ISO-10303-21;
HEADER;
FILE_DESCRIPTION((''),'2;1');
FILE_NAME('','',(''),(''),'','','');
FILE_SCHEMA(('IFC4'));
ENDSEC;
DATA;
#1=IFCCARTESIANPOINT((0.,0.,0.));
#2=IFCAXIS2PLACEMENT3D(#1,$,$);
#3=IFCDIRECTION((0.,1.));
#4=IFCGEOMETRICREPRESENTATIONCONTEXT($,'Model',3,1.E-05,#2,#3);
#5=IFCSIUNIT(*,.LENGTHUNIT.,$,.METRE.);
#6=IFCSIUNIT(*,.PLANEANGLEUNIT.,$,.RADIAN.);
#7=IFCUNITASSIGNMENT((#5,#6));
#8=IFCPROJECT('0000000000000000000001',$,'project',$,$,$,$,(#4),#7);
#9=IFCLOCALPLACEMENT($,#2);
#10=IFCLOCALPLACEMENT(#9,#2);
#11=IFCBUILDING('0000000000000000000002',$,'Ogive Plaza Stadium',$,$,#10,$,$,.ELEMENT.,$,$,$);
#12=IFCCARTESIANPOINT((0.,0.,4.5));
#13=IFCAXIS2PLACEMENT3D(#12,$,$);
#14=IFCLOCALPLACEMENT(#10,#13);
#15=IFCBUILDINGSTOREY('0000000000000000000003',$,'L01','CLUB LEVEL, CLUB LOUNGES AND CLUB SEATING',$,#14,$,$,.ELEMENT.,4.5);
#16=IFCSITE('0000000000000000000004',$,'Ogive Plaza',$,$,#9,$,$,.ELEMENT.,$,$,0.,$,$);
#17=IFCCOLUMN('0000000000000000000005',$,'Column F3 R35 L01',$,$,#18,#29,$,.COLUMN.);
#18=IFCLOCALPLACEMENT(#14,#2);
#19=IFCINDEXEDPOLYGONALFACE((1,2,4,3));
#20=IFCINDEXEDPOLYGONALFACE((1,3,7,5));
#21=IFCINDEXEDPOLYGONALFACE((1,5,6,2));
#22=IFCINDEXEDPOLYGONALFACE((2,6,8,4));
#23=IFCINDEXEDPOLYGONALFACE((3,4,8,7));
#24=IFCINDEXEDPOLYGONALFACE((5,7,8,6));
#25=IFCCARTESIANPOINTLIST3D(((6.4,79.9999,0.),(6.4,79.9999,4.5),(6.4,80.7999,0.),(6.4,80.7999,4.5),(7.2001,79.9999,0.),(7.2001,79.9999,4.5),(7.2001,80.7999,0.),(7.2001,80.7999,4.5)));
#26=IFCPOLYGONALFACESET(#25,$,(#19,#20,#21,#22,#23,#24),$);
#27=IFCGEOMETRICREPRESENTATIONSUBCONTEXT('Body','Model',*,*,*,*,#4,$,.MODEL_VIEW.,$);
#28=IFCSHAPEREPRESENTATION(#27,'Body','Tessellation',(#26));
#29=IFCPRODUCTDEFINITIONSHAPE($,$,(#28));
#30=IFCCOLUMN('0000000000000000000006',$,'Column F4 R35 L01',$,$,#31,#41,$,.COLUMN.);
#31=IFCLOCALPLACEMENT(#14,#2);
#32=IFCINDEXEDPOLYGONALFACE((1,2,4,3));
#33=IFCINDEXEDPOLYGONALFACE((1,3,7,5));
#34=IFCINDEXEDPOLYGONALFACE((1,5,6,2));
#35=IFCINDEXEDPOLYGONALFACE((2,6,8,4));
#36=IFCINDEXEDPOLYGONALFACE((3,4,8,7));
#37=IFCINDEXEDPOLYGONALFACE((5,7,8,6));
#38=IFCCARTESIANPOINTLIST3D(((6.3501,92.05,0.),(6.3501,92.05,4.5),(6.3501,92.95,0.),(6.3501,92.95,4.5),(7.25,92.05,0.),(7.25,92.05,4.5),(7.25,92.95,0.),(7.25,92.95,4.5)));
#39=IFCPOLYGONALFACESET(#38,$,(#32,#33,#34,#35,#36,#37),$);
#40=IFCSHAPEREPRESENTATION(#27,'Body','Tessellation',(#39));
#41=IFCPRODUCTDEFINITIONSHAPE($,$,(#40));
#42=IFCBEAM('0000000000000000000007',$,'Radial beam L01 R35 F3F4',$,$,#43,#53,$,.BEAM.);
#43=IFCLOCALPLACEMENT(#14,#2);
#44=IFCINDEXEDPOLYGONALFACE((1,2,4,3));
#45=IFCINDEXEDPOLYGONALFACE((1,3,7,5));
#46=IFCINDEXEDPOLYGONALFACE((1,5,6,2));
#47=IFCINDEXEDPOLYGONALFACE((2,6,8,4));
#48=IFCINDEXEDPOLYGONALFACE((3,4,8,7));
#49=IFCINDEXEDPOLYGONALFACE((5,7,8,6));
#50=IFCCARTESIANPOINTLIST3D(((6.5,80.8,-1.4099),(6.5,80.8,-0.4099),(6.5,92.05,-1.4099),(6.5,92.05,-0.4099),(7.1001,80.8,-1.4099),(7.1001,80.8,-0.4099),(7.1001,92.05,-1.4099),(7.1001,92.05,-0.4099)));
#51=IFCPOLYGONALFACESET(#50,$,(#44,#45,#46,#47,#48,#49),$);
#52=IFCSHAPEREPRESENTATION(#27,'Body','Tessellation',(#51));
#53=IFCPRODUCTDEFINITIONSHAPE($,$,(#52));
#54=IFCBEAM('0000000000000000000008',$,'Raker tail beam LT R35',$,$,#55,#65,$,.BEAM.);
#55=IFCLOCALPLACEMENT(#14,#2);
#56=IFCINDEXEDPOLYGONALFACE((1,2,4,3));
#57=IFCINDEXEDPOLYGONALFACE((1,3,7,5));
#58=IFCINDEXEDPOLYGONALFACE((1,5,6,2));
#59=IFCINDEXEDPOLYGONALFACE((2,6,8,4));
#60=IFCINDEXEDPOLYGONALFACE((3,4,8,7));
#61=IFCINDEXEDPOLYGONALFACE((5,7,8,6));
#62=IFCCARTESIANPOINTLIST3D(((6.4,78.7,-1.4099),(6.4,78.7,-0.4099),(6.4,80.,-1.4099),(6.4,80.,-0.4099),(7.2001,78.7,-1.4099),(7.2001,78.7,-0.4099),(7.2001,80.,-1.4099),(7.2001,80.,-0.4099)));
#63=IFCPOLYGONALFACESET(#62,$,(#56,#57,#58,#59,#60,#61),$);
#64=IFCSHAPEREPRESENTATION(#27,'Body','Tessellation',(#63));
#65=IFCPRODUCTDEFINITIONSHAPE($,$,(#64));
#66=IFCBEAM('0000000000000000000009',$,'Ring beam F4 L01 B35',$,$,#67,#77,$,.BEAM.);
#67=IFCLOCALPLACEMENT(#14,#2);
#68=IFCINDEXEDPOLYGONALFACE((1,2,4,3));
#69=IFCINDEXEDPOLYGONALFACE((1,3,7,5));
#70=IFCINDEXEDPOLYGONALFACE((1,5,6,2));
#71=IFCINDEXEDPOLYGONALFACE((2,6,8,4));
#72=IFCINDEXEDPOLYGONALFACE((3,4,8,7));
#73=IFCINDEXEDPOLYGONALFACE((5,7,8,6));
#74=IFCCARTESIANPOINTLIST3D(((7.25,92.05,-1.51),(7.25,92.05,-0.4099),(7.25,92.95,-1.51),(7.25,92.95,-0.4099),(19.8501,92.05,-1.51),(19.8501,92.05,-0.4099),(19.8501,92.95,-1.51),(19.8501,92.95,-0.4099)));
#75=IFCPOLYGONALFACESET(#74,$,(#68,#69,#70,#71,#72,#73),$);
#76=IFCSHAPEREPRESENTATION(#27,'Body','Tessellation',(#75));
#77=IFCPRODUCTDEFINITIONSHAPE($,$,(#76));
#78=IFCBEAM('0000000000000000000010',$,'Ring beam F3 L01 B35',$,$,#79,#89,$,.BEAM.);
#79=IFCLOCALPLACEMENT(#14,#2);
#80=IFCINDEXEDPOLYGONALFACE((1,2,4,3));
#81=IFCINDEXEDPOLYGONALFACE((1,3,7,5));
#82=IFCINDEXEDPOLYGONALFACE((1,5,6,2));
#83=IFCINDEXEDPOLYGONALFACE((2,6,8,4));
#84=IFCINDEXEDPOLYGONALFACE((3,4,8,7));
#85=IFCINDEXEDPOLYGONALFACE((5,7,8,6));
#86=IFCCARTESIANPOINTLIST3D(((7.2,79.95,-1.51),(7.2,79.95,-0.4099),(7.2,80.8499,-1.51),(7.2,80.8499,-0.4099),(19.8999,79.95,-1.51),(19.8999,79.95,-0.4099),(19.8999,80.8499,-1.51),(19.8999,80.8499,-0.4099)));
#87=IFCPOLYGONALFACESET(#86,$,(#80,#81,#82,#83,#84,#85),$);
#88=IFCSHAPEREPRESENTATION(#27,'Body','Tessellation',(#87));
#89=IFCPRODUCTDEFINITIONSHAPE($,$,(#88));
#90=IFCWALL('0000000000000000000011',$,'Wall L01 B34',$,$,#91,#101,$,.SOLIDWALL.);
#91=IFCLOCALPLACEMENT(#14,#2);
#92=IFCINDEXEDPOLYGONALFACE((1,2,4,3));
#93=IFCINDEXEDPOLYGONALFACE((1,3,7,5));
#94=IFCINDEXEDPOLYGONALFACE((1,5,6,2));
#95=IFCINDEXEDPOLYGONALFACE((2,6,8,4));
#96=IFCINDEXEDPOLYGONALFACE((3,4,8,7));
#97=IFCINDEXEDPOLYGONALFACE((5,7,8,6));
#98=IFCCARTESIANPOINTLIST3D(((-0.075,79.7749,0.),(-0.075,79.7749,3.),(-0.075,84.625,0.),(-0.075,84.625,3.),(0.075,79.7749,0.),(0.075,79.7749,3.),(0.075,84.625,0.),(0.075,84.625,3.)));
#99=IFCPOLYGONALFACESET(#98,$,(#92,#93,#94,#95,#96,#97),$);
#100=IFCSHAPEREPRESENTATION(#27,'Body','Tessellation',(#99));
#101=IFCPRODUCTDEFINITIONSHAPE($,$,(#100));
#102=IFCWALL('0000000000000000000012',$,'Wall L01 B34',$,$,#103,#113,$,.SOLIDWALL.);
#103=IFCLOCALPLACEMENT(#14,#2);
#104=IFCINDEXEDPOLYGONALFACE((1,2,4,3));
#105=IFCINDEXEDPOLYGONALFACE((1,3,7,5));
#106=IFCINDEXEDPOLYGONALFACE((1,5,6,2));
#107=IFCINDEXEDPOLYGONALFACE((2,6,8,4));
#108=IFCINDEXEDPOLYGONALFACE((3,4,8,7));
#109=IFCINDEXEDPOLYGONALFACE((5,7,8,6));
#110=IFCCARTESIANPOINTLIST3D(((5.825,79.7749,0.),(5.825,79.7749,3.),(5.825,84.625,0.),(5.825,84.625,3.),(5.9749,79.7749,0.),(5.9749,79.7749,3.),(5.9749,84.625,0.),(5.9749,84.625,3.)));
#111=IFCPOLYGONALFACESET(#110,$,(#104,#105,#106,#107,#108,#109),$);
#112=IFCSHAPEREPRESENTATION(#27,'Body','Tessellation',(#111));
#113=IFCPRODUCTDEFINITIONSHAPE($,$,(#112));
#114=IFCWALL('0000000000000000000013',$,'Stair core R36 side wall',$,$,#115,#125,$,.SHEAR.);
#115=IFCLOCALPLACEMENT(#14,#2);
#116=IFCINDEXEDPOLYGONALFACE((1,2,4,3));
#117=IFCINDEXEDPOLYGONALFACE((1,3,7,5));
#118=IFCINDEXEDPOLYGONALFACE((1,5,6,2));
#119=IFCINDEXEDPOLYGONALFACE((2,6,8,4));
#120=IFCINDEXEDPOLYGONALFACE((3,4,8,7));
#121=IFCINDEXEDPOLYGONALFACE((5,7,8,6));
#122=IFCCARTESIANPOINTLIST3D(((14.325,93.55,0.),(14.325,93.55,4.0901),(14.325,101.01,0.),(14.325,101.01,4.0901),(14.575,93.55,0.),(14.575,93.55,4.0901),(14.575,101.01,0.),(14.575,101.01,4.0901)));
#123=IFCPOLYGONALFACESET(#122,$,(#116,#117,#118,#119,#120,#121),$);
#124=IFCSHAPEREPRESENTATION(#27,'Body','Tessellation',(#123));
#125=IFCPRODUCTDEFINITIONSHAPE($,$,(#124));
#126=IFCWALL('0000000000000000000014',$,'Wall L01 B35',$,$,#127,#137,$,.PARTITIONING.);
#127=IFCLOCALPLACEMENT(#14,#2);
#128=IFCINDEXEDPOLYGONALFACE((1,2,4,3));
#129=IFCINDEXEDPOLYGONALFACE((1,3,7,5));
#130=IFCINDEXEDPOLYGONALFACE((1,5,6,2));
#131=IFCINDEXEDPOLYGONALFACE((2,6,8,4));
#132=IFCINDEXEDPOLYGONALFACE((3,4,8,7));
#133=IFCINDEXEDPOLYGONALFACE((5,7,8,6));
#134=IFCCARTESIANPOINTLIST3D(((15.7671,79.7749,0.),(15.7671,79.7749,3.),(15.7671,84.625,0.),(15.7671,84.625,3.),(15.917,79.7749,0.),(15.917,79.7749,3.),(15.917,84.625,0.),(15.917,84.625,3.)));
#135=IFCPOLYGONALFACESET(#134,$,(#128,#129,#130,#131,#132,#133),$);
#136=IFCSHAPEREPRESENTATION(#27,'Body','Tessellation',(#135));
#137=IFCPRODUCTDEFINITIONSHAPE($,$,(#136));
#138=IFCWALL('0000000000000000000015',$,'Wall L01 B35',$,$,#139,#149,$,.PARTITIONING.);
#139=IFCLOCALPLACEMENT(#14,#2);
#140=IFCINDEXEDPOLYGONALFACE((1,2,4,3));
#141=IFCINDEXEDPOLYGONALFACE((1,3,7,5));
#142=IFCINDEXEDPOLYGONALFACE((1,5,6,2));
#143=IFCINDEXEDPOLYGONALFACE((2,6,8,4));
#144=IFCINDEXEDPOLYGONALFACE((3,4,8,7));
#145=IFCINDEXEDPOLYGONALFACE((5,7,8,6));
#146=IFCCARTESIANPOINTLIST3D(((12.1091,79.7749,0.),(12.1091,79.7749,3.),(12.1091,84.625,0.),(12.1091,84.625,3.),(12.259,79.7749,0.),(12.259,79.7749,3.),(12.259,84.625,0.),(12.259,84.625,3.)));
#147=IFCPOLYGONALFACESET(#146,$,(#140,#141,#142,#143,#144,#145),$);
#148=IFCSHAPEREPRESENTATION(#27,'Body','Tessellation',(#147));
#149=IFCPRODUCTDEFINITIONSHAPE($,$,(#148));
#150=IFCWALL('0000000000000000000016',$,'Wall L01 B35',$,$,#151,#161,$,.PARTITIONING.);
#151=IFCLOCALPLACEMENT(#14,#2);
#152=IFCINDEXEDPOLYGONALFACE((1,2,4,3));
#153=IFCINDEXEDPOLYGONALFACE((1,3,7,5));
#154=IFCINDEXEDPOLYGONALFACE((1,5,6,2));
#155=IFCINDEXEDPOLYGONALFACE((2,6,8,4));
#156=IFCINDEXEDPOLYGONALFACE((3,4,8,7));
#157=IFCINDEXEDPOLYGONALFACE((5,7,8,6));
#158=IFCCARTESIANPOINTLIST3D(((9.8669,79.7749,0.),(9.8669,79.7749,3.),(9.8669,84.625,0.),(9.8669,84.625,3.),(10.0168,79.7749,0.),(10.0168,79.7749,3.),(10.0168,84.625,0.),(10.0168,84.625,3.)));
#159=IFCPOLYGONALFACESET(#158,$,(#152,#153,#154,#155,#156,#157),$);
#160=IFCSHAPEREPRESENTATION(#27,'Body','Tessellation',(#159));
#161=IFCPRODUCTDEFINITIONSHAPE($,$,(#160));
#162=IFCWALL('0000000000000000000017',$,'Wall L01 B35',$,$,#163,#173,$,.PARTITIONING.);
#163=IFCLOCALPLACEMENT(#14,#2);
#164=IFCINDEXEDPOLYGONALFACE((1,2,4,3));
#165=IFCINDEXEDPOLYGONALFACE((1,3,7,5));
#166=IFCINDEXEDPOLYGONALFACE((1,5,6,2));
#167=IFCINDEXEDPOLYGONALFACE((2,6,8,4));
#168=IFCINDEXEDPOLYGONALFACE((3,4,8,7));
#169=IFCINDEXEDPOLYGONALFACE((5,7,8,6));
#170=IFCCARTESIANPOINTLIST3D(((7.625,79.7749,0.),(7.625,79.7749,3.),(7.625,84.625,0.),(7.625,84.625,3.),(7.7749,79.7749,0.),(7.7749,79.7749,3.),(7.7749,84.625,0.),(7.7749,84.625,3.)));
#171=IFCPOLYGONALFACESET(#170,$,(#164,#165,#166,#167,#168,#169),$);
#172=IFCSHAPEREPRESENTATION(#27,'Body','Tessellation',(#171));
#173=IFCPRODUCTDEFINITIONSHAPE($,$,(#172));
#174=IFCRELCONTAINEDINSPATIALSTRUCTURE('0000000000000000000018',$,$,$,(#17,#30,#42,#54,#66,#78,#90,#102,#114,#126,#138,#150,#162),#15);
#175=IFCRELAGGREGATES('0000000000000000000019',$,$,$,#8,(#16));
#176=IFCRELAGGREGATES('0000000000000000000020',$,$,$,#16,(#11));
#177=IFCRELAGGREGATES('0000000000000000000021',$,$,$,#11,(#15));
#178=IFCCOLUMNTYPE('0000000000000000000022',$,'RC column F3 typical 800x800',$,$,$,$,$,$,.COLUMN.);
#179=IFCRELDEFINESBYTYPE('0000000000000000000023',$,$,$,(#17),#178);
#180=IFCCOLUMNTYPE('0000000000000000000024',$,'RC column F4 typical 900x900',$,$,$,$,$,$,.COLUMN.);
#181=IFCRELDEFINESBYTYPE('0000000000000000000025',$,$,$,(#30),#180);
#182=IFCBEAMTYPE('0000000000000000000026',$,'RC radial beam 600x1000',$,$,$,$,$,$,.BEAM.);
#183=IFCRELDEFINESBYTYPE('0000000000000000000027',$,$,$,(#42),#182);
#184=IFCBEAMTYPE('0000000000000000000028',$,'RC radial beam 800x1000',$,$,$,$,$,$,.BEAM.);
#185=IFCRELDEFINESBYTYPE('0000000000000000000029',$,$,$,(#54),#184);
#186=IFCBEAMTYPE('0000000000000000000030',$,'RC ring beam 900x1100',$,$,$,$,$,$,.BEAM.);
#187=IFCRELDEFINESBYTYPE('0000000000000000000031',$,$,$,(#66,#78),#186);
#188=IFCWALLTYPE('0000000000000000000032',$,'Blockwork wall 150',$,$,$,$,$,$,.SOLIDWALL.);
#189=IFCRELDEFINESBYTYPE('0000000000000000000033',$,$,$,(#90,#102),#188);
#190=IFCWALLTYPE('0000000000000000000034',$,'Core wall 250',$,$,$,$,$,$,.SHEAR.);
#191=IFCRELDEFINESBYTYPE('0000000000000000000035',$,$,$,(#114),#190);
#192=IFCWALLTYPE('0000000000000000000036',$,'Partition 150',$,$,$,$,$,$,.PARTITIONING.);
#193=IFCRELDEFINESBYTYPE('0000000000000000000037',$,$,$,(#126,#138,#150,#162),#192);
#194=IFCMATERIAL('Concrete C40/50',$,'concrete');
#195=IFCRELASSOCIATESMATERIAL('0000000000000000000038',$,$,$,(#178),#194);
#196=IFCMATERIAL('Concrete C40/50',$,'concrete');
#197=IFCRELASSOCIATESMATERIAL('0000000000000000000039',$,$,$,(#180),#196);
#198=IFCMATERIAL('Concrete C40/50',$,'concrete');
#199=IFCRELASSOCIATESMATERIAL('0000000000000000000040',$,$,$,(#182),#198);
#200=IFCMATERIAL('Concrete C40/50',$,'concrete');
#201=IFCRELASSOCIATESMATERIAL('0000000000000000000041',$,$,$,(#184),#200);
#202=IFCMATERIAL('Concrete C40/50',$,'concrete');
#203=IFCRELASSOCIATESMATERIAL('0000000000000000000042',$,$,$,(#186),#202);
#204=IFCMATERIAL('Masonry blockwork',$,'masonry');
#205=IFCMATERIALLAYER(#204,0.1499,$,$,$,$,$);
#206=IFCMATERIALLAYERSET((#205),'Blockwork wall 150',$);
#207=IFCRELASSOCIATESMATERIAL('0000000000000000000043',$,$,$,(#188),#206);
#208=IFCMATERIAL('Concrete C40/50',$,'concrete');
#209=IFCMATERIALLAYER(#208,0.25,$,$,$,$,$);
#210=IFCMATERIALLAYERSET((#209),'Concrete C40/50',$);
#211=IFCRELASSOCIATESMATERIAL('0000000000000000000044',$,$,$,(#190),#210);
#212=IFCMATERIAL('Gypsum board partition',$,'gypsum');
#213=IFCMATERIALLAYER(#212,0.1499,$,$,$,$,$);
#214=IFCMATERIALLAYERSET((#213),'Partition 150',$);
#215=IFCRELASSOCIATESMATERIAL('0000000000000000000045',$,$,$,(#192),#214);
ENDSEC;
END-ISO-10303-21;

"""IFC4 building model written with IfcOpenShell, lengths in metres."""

from ifc_helpers import new_model, si_unit, direction, frame, frame_2d, origin, origin_2d, place, context, subcontext, project, spatial, rectangle, extrude, material, layer, layer_set, material_profile, profile_set, type_object, element, save


model = new_model("IFC4")

# Units and contexts
model_context = context("Model", 3, precision=1e-05, world=origin(), true_north=direction((0.0, 1.0)))
body_context = subcontext(model_context, "Body", "Model", "MODEL_VIEW")
ifc_project = project(units=[si_unit("LENGTHUNIT", "METRE"), si_unit("PLANEANGLEUNIT", "RADIAN")], contexts=[model_context])

# Site, building, storey
site_placement = place(None, origin())
site = spatial("IfcSite", under=ifc_project, at=site_placement, Name="Ogive Plaza", CompositionType="ELEMENT", RefElevation=0.0)
building_placement = place(site_placement, origin())
building = spatial("IfcBuilding", under=site, at=building_placement, Name="Ogive Plaza Stadium", CompositionType="ELEMENT")
storey_placement = place(building_placement, frame((0.0, 0.0, 4.5)))
storey = spatial("IfcBuildingStorey", under=building, at=storey_placement, Name="L01", Description="CLUB LEVEL, CLUB LOUNGES AND CLUB SEATING", CompositionType="ELEMENT", Elevation=4.5)

# Columns
ifc_material_1 = material(Name="Concrete C40/50", Category="concrete")
ifc_material_profile_1 = material_profile(ifc_material_1, rectangle(XDim=0.8, YDim=0.8, at=origin_2d()), Name="RC 800x800")
ifc_profile_set_1 = profile_set([ifc_material_profile_1], Name="Concrete C40/50")
column_type_1 = type_object("IfcColumnType", Name="RC column F3 typical 800x800", PredefinedType="COLUMN", material=ifc_profile_set_1)
column_1_placement = place(storey_placement, frame((6.8, 80.3999, 0.0), z_axis=(0.0, 0.0, 1.0), x_axis=(-1.0, 0.0, 0.0)))
element("IfcColumn", 1, at=column_1_placement, inside=storey, type_object=column_type_1, Name="Column F3 R35 L01", PredefinedType="COLUMN", context=body_context, shape_type="SweptSolid", body=[
    extrude(rectangle(XDim=0.8, YDim=0.8, at=origin_2d()), origin(), (0.0, 0.0, 1.0), 4.5),
])
ifc_material_2 = material(Name="Concrete C40/50", Category="concrete")
ifc_material_profile_2 = material_profile(ifc_material_2, rectangle(XDim=0.8999, YDim=0.8999, at=origin_2d()), Name="RC 900x900")
ifc_profile_set_2 = profile_set([ifc_material_profile_2], Name="Concrete C40/50")
column_type_2 = type_object("IfcColumnType", Name="RC column F4 typical 900x900", PredefinedType="COLUMN", material=ifc_profile_set_2)
column_2_placement = place(storey_placement, frame((6.8, 92.5, 0.0), z_axis=(0.0, 0.0, 1.0), x_axis=(-1.0, 0.0, 0.0)))
element("IfcColumn", 2, at=column_2_placement, inside=storey, type_object=column_type_2, Name="Column F4 R35 L01", PredefinedType="COLUMN", context=body_context, shape_type="SweptSolid", body=[
    extrude(rectangle(XDim=0.8999, YDim=0.8999, at=origin_2d()), origin(), (0.0, 0.0, 1.0), 4.5),
])

# Beams
ifc_material_3 = material(Name="Concrete C40/50", Category="concrete")
ifc_material_profile_3 = material_profile(ifc_material_3, rectangle(XDim=0.6001, YDim=1.0, at=origin_2d()), Name="RC 600x1000")
ifc_profile_set_3 = profile_set([ifc_material_profile_3], Name="Concrete C40/50")
beam_type_1 = type_object("IfcBeamType", Name="RC radial beam 600x1000", PredefinedType="BEAM", material=ifc_profile_set_3)
beam_1_placement = place(storey_placement, frame((6.8, 80.8, -0.9099), z_axis=(0.0, 1.0, 0.0), x_axis=(-1.0, 0.0, 0.0)))
element("IfcBeam", 3, at=beam_1_placement, inside=storey, type_object=beam_type_1, Name="Radial beam L01 R35 F3F4", PredefinedType="BEAM", context=body_context, shape_type="SweptSolid", body=[
    extrude(rectangle(XDim=0.6001, YDim=1.0, at=origin_2d()), origin(), (0.0, 0.0, 1.0), 11.25),
])
ifc_material_4 = material(Name="Concrete C40/50", Category="concrete")
ifc_material_profile_4 = material_profile(ifc_material_4, rectangle(XDim=0.8, YDim=1.0, at=origin_2d()), Name="RC 800x1000")
ifc_profile_set_4 = profile_set([ifc_material_profile_4], Name="Concrete C40/50")
beam_type_2 = type_object("IfcBeamType", Name="RC radial beam 800x1000", PredefinedType="BEAM", material=ifc_profile_set_4)
beam_2_placement = place(storey_placement, frame((6.8, 78.7, -0.9099), z_axis=(0.0, 1.0, 0.0), x_axis=(-1.0, 0.0, 0.0)))
element("IfcBeam", 4, at=beam_2_placement, inside=storey, type_object=beam_type_2, Name="Raker tail beam LT R35", PredefinedType="BEAM", context=body_context, shape_type="SweptSolid", body=[
    extrude(rectangle(XDim=0.8, YDim=1.0, at=origin_2d()), origin(), (0.0, 0.0, 1.0), 1.3),
])
ifc_material_5 = material(Name="Concrete C40/50", Category="concrete")
ifc_material_profile_5 = material_profile(ifc_material_5, rectangle(XDim=0.8999, YDim=1.1001, at=origin_2d()), Name="RC 900x1100")
ifc_profile_set_5 = profile_set([ifc_material_profile_5], Name="Concrete C40/50")
beam_type_3 = type_object("IfcBeamType", Name="RC ring beam 900x1100", PredefinedType="BEAM", material=ifc_profile_set_5)
beam_3_placement = place(storey_placement, frame((7.25, 92.5, -0.96), z_axis=(1.0, 0.0, 0.0), x_axis=(0.0, 1.0, 0.0)))
element("IfcBeam", 5, at=beam_3_placement, inside=storey, type_object=beam_type_3, Name="Ring beam F4 L01 B35", PredefinedType="BEAM", context=body_context, shape_type="SweptSolid", body=[
    extrude(rectangle(XDim=0.8999, YDim=1.1001, at=origin_2d()), origin(), (0.0, 0.0, 1.0), 12.6001),
])
beam_4_placement = place(storey_placement, frame((7.2, 80.3999, -0.96), z_axis=(1.0, 0.0, 0.0), x_axis=(0.0, 1.0, 0.0)))
element("IfcBeam", 6, at=beam_4_placement, inside=storey, type_object=beam_type_3, Name="Ring beam F3 L01 B35", PredefinedType="BEAM", context=body_context, shape_type="SweptSolid", body=[
    extrude(rectangle(XDim=0.8999, YDim=1.1001, at=origin_2d()), origin(), (0.0, 0.0, 1.0), 12.7),
])

# Walls
ifc_material_6 = material(Name="Masonry blockwork", Category="masonry")
ifc_layer_1 = layer(ifc_material_6, 0.1499)
ifc_layer_set_1 = layer_set([ifc_layer_1], Name="Blockwork wall 150")
wall_type_1 = type_object("IfcWallType", Name="Blockwork wall 150", PredefinedType="SOLIDWALL", material=ifc_layer_set_1)
for number, where, z_axis, x_axis, name in (
    (7, (0.0, 79.7749, 0.0), (0.0, 0.0, 1.0), (0.0, 1.0, 0.0), "Wall L01 B34"),
    (8, (5.8999, 79.7749, 0.0), (0.0, 0.0, 1.0), (0.0, 1.0, 0.0), "Wall L01 B34"),
):
    element("IfcWall", number, at=place(storey_placement, frame(where, z_axis=z_axis, x_axis=x_axis)), inside=storey, type_object=wall_type_1, Name=name, PredefinedType="SOLIDWALL", context=body_context, shape_type="SweptSolid", body=[
        extrude(rectangle(XDim=4.8501, YDim=0.1499, at=frame_2d((2.425, 0.0))), origin(), (0.0, 0.0, 1.0), 3.0),
    ])
ifc_material_7 = material(Name="Concrete C40/50", Category="concrete")
ifc_layer_2 = layer(ifc_material_7, 0.25)
ifc_layer_set_2 = layer_set([ifc_layer_2], Name="Concrete C40/50")
wall_type_2 = type_object("IfcWallType", Name="Core wall 250", PredefinedType="SHEAR", material=ifc_layer_set_2)
wall_placement = place(storey_placement, frame((14.45, 93.55, 0.0), z_axis=(0.0, 0.0, 1.0), x_axis=(0.0, 1.0, 0.0)))
element("IfcWall", 9, at=wall_placement, inside=storey, type_object=wall_type_2, Name="Stair core R36 side wall", PredefinedType="SHEAR", context=body_context, shape_type="SweptSolid", body=[
    extrude(rectangle(XDim=7.46, YDim=0.25, at=frame_2d((3.73, 0.0))), origin(), (0.0, 0.0, 1.0), 4.0901),
])
ifc_material_8 = material(Name="Gypsum board partition", Category="gypsum")
ifc_layer_3 = layer(ifc_material_8, 0.1499)
ifc_layer_set_3 = layer_set([ifc_layer_3], Name="Partition 150")
wall_type_3 = type_object("IfcWallType", Name="Partition 150", PredefinedType="PARTITIONING", material=ifc_layer_set_3)
for number, where, z_axis, x_axis, name in (
    (10, (15.842, 79.7749, 0.0), (0.0, 0.0, 1.0), (0.0, 1.0, 0.0), "Wall L01 B35"),
    (11, (12.1841, 79.7749, 0.0), (0.0, 0.0, 1.0), (0.0, 1.0, 0.0), "Wall L01 B35"),
    (12, (9.9419, 79.7749, 0.0), (0.0, 0.0, 1.0), (0.0, 1.0, 0.0), "Wall L01 B35"),
    (13, (7.7, 79.7749, 0.0), (0.0, 0.0, 1.0), (0.0, 1.0, 0.0), "Wall L01 B35"),
):
    element("IfcWall", number, at=place(storey_placement, frame(where, z_axis=z_axis, x_axis=x_axis)), inside=storey, type_object=wall_type_3, Name=name, PredefinedType="PARTITIONING", context=body_context, shape_type="SweptSolid", body=[
        extrude(rectangle(XDim=4.8501, YDim=0.1499, at=frame_2d((2.425, 0.0))), origin(), (0.0, 0.0, 1.0), 3.0),
    ])

save(model, "model.ifc")
